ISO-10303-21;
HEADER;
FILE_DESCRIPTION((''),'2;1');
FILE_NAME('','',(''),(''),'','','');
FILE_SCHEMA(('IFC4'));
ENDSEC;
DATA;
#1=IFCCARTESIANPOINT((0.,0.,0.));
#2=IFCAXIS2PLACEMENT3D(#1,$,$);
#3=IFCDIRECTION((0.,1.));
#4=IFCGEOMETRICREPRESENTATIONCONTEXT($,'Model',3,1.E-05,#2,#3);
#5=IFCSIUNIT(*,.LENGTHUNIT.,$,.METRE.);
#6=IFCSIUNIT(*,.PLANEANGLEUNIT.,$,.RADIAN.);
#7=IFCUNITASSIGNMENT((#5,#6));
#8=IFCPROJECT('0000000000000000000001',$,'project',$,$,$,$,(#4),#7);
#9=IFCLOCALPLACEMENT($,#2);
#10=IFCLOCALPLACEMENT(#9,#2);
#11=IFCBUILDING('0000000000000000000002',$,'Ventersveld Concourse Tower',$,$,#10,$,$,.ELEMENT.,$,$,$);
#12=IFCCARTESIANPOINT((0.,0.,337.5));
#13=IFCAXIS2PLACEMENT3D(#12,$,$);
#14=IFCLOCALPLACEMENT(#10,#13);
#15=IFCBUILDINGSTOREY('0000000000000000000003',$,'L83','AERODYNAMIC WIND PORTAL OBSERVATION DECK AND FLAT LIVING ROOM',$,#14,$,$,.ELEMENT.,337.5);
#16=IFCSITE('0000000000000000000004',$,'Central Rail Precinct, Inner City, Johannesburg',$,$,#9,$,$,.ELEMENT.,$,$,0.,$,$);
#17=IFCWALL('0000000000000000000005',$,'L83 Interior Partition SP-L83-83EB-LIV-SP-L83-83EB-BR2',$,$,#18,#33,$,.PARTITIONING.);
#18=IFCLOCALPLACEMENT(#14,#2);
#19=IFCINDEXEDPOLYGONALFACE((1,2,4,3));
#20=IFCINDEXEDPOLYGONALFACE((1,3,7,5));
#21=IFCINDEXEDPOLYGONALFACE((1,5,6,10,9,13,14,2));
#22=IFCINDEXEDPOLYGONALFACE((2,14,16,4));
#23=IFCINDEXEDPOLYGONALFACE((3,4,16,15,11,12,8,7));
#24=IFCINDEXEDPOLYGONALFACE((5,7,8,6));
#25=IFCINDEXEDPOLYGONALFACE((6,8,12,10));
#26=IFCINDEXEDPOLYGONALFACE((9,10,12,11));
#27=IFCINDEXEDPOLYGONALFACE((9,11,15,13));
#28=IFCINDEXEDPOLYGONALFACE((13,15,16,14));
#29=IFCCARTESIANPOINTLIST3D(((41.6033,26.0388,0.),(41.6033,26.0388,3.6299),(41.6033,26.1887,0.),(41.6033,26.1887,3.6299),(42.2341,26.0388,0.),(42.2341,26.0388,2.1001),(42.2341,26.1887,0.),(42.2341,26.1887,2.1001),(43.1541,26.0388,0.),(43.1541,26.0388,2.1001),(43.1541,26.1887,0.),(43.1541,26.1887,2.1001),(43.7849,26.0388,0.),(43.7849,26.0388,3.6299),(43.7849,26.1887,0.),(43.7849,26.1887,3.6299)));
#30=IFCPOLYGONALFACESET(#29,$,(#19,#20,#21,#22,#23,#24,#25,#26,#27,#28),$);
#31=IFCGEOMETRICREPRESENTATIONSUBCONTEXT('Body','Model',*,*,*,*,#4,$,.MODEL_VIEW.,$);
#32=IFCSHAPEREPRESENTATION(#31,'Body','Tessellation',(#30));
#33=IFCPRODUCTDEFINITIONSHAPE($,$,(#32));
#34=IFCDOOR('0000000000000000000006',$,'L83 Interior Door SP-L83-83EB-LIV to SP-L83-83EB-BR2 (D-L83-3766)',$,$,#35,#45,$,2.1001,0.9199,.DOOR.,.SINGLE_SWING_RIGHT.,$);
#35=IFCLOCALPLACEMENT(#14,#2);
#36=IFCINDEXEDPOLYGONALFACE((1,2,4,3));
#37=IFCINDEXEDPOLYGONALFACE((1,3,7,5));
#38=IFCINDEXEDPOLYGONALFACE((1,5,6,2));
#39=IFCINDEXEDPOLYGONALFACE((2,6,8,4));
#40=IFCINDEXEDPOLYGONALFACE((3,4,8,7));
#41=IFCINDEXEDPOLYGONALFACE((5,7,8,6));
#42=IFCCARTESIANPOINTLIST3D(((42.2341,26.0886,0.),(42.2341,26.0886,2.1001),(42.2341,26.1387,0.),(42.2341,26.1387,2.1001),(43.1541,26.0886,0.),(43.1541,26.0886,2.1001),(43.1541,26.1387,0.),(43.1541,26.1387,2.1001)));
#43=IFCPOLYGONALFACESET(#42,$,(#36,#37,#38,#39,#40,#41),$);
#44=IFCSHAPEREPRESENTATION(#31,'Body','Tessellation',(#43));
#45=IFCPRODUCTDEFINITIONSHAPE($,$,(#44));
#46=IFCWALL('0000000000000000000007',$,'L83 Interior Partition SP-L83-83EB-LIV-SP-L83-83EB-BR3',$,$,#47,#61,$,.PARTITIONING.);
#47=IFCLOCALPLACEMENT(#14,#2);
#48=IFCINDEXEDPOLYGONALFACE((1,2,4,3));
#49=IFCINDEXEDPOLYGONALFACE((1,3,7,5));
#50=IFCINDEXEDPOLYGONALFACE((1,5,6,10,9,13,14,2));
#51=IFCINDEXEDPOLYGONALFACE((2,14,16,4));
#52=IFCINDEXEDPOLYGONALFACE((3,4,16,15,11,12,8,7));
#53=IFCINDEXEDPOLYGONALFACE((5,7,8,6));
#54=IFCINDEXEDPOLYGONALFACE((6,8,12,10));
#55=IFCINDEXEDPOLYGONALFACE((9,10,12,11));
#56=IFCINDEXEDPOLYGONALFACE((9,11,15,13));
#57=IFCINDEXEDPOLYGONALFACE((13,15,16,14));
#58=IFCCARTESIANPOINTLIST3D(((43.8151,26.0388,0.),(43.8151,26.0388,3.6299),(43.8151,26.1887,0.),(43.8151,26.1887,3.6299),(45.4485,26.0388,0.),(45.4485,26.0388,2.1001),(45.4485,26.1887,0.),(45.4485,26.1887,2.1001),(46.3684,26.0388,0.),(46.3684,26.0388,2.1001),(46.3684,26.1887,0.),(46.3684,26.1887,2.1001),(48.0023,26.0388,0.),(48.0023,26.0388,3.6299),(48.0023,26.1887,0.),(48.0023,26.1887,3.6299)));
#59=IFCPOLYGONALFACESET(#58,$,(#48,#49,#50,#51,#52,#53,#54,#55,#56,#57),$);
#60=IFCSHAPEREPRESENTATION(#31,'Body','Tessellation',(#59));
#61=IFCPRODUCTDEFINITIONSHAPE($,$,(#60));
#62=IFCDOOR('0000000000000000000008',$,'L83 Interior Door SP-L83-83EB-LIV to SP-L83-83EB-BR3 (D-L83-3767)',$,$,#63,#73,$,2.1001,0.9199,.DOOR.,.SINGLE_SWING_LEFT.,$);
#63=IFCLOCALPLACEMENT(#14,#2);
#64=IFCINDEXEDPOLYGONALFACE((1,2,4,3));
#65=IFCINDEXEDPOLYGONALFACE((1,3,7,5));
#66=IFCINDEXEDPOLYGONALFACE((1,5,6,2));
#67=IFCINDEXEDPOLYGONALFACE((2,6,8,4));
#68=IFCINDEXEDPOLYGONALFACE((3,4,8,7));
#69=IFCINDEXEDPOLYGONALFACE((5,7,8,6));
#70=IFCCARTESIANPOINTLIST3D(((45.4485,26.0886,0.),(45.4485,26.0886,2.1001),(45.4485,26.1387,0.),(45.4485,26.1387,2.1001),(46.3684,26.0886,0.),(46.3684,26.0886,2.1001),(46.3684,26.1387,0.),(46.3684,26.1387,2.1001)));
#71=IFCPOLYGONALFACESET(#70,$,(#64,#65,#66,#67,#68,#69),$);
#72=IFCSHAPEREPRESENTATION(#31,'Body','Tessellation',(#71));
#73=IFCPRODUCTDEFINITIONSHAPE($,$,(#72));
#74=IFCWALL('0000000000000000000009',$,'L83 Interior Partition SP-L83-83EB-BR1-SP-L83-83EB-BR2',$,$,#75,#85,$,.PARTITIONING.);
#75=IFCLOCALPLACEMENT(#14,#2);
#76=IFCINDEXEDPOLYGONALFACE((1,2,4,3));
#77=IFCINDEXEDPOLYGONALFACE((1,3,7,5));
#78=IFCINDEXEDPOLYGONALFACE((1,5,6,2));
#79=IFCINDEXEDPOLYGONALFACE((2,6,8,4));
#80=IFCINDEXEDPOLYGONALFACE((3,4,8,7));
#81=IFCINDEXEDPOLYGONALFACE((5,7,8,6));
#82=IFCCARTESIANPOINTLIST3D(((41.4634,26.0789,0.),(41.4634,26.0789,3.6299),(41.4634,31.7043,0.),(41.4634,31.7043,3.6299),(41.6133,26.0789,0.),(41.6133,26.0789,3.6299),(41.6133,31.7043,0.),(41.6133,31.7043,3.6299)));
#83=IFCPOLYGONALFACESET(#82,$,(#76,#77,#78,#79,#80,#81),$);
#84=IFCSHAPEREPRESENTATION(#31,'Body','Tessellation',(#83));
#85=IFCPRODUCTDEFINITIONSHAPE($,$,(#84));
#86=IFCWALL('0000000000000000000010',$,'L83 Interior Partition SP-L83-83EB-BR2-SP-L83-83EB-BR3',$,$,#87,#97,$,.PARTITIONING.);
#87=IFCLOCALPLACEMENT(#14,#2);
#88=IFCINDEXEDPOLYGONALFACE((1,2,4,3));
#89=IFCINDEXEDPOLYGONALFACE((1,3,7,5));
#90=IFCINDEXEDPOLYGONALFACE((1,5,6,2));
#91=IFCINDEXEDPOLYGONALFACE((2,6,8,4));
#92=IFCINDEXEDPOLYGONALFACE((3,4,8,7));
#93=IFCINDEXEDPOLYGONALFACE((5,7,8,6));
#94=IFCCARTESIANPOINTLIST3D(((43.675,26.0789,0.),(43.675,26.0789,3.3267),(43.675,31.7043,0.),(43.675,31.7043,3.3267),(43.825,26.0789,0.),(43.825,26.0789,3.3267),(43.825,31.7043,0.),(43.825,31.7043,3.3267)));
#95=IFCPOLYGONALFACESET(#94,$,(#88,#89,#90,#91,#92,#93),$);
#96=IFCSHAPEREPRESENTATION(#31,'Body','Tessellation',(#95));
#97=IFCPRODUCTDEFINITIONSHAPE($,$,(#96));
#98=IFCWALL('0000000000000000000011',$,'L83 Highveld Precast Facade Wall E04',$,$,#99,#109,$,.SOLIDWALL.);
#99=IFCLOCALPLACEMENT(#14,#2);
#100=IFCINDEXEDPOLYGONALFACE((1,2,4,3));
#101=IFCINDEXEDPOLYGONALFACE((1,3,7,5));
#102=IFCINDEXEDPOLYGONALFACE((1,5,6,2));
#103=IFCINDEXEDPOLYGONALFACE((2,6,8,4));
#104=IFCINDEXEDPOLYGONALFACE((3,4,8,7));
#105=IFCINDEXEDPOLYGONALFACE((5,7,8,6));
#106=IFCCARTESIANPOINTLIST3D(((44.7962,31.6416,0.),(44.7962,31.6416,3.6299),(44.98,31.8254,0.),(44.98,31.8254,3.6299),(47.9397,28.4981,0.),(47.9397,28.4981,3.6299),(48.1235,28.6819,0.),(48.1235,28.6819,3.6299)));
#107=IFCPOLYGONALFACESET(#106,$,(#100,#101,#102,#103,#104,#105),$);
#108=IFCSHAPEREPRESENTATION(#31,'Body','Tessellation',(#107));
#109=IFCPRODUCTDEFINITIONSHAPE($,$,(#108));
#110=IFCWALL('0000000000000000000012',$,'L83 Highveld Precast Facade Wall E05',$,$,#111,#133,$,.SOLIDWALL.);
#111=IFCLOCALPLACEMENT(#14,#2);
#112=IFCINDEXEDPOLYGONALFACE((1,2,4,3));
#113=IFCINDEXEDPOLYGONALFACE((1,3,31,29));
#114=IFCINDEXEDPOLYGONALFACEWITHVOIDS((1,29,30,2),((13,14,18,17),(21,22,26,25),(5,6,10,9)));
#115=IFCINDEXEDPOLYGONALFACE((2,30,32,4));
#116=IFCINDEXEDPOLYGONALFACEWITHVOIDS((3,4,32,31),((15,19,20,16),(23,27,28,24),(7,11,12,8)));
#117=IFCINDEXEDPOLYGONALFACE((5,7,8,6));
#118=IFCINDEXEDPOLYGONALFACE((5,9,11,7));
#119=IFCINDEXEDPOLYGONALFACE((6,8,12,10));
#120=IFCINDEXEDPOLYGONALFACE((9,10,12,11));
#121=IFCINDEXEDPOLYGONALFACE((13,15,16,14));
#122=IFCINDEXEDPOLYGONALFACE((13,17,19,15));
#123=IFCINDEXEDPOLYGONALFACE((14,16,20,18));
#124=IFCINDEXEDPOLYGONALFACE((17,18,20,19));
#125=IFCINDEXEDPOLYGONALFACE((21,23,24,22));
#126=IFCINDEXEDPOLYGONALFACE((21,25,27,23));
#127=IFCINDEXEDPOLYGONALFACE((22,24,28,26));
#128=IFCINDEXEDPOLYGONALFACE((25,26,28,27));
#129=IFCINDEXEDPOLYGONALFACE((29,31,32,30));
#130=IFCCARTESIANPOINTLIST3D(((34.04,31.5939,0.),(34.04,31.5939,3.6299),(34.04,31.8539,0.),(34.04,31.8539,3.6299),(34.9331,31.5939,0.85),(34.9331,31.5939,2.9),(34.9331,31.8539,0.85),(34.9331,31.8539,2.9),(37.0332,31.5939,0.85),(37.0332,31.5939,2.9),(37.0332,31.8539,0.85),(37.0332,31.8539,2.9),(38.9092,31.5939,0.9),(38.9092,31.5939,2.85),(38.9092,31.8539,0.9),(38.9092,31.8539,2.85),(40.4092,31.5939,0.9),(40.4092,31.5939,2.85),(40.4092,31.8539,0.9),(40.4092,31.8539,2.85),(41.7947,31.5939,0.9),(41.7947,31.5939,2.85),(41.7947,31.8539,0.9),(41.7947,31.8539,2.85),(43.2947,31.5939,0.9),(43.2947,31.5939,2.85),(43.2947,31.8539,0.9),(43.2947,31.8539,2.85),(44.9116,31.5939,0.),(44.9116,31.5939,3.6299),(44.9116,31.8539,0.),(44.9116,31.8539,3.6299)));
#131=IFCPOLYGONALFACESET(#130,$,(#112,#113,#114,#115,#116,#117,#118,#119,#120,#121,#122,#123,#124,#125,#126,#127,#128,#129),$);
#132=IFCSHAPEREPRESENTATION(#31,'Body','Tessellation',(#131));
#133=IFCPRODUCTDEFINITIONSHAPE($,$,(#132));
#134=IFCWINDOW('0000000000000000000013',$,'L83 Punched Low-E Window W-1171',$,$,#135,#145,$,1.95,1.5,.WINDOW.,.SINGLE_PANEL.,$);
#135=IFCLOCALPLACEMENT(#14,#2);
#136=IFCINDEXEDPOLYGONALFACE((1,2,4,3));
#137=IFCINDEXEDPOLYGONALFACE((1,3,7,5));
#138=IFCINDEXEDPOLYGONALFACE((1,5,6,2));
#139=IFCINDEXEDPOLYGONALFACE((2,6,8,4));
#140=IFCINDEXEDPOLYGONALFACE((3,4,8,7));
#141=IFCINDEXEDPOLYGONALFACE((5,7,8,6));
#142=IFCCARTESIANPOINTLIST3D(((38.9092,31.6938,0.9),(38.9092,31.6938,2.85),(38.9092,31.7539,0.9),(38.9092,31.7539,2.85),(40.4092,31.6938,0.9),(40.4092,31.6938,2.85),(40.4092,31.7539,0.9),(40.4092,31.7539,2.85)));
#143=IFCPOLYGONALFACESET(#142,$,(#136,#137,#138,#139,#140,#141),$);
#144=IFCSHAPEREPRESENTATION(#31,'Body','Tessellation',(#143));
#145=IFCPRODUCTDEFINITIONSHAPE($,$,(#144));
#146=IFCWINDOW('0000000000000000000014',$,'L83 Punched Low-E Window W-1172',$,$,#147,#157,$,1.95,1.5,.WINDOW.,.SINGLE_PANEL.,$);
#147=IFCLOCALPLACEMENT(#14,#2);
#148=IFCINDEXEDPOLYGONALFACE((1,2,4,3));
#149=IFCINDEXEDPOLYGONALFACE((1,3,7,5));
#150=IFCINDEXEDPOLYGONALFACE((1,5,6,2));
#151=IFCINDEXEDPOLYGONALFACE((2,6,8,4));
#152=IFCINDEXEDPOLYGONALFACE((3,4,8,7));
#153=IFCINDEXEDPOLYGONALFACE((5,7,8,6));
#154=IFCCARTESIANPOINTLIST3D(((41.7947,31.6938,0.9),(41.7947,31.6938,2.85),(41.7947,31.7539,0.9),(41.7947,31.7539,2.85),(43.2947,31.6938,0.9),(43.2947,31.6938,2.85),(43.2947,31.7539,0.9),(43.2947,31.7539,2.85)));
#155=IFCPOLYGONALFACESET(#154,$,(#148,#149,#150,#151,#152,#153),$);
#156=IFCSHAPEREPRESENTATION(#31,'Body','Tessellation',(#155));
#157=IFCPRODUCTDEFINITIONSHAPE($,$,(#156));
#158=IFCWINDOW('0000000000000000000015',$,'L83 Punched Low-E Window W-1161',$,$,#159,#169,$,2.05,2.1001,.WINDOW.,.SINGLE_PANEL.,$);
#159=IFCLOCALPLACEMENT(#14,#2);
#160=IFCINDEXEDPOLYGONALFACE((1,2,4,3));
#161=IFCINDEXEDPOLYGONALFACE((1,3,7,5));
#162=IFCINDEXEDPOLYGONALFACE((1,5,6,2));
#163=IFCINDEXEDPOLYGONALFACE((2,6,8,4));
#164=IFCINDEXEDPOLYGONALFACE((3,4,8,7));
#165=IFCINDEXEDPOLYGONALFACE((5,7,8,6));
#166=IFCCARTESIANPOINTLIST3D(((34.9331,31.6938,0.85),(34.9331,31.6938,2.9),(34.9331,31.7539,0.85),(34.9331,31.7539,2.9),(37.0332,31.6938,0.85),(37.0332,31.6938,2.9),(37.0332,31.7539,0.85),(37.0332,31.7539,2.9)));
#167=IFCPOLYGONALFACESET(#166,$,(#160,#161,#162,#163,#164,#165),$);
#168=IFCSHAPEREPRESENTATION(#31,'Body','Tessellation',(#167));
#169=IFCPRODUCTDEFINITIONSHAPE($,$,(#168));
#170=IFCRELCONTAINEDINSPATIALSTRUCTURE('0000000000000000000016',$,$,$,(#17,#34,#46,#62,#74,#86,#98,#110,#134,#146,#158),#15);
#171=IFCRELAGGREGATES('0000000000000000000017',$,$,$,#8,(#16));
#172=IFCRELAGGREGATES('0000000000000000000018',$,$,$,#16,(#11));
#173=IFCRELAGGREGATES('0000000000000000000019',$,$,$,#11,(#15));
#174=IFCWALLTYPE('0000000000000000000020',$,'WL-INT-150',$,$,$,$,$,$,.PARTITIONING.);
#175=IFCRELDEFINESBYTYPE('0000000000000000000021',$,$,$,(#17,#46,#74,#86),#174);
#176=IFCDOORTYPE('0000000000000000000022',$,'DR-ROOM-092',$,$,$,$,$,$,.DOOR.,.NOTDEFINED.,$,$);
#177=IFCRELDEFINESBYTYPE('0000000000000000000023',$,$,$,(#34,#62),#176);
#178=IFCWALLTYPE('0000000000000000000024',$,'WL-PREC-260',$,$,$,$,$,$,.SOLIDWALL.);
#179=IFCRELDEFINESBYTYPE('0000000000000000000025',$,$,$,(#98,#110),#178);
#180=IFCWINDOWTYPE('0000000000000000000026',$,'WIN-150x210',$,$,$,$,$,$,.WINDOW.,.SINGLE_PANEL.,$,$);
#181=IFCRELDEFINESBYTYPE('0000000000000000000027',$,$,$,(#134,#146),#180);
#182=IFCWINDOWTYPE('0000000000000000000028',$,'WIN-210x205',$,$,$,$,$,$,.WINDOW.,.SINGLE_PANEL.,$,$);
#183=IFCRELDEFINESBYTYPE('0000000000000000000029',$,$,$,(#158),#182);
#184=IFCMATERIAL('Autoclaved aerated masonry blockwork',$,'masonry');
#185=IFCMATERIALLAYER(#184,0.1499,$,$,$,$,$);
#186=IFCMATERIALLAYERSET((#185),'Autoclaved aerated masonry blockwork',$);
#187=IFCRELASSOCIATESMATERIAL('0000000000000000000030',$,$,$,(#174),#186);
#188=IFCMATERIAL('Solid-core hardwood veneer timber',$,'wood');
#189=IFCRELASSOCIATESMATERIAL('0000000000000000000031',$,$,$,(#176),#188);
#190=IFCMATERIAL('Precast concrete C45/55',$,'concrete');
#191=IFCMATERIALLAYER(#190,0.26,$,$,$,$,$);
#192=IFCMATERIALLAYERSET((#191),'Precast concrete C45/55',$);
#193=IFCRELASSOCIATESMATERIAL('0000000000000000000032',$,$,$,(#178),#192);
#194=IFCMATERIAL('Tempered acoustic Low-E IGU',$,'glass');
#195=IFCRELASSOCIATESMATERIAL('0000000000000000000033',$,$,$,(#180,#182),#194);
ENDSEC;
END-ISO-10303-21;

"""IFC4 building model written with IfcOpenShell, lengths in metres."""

from ifc_helpers import new_model, si_unit, direction, frame, frame_2d, origin, place, context, subcontext, project, spatial, rectangle, extrude, material, layer, layer_set, type_object, element, fill, save


model = new_model("IFC4")

# Units and contexts
model_context = context("Model", 3, precision=1e-05, world=origin(), true_north=direction((0.0, 1.0)))
body_context = subcontext(model_context, "Body", "Model", "MODEL_VIEW")
ifc_project = project(units=[si_unit("LENGTHUNIT", "METRE"), si_unit("PLANEANGLEUNIT", "RADIAN")], contexts=[model_context])

# Site, building, storey
site_placement = place(None, origin())
site = spatial("IfcSite", under=ifc_project, at=site_placement, Name="Central Rail Precinct, Inner City, Johannesburg", CompositionType="ELEMENT", RefElevation=0.0)
building_placement = place(site_placement, origin())
building = spatial("IfcBuilding", under=site, at=building_placement, Name="Ventersveld Concourse Tower", CompositionType="ELEMENT")
storey_placement = place(building_placement, frame((0.0, 0.0, 337.5)))
storey = spatial("IfcBuildingStorey", under=building, at=storey_placement, Name="L83", Description="AERODYNAMIC WIND PORTAL OBSERVATION DECK AND FLAT LIVING ROOM", CompositionType="ELEMENT", Elevation=337.5)

# Shared definitions
ifc_material_1 = material(Name="Autoclaved aerated masonry blockwork", Category="masonry")
ifc_layer_1 = layer(ifc_material_1, 0.1499)
ifc_layer_set_1 = layer_set([ifc_layer_1], Name="Autoclaved aerated masonry blockwork")
wall_type_1 = type_object("IfcWallType", Name="WL-INT-150", PredefinedType="PARTITIONING", material=ifc_layer_set_1)

# Walls, openings, doors
ifc_material_2 = material(Name="Solid-core hardwood veneer timber", Category="wood")
door_type = type_object("IfcDoorType", Name="DR-ROOM-092", OperationType="NOTDEFINED", PredefinedType="DOOR", material=ifc_material_2)
wall_1_placement = place(storey_placement, frame((41.6033, 26.1138, 0.0), z_axis=(0.0, 0.0, 1.0), x_axis=(1.0, 0.0, 0.0)))
wall_1 = element("IfcWall", 1, at=wall_1_placement, inside=storey, type_object=wall_type_1, Name="L83 Interior Partition SP-L83-83EB-LIV-SP-L83-83EB-BR2", PredefinedType="PARTITIONING", context=body_context, shape_type="SweptSolid", body=[
    extrude(rectangle(XDim=2.1816, YDim=0.1499, at=frame_2d((1.0908, 0.0))), origin(), (0.0, 0.0, 1.0), 3.6299),
])
opening_1_placement = place(wall_1_placement, frame((0.6309, 0.0, 0.0)))
opening_1 = element("IfcOpeningElement", 2, at=opening_1_placement, cuts=wall_1, PredefinedType="OPENING", context=body_context, shape_type="SweptSolid", body=[
    extrude(rectangle(XDim=0.9199, YDim=2.1001, at=frame_2d((0.46, 1.05))), frame((0.0, 0.085, 0.0), z_axis=(0.0, -1.0, 0.0), x_axis=(1.0, 0.0, 0.0)), (0.0, 0.0, 1.0), 0.1699),
])
door_1_placement = place(opening_1_placement, origin())
door_1 = element("IfcDoor", 3, at=door_1_placement, inside=storey, type_object=door_type, Name="L83 Interior Door SP-L83-83EB-LIV to SP-L83-83EB-BR2 (D-L83-3766)", OperationType="SINGLE_SWING_RIGHT", OverallHeight=2.1001, OverallWidth=0.9199, PredefinedType="DOOR", context=body_context, shape_type="SweptSolid", body=[
    extrude(rectangle(XDim=0.9199, YDim=2.1001, at=frame_2d((0.46, 1.05))), frame((0.0, 0.0249, 0.0), z_axis=(0.0, -1.0, 0.0), x_axis=(1.0, 0.0, 0.0)), (0.0, 0.0, 1.0), 0.05),
])
fill(opening_1, door_1)
wall_2_placement = place(storey_placement, frame((43.8149, 26.1138, 0.0), z_axis=(0.0, 0.0, 1.0), x_axis=(1.0, 0.0, 0.0)))
wall_2 = element("IfcWall", 4, at=wall_2_placement, inside=storey, type_object=wall_type_1, Name="L83 Interior Partition SP-L83-83EB-LIV-SP-L83-83EB-BR3", PredefinedType="PARTITIONING", context=body_context, shape_type="SweptSolid", body=[
    extrude(rectangle(XDim=4.1873, YDim=0.1499, at=frame_2d((2.0938, 0.0))), origin(), (0.0, 0.0, 1.0), 3.6299),
])
opening_2_placement = place(wall_2_placement, frame((1.6335, 0.0, 0.0)))
opening_2 = element("IfcOpeningElement", 5, at=opening_2_placement, cuts=wall_2, PredefinedType="OPENING", context=body_context, shape_type="SweptSolid", body=[
    extrude(rectangle(XDim=0.9199, YDim=2.1001, at=frame_2d((0.46, 1.05))), frame((0.0, 0.085, 0.0), z_axis=(0.0, -1.0, 0.0), x_axis=(1.0, 0.0, 0.0)), (0.0, 0.0, 1.0), 0.1699),
])
door_2_placement = place(opening_2_placement, origin())
door_2 = element("IfcDoor", 6, at=door_2_placement, inside=storey, type_object=door_type, Name="L83 Interior Door SP-L83-83EB-LIV to SP-L83-83EB-BR3 (D-L83-3767)", OperationType="SINGLE_SWING_LEFT", OverallHeight=2.1001, OverallWidth=0.9199, PredefinedType="DOOR", context=body_context, shape_type="SweptSolid", body=[
    extrude(rectangle(XDim=0.9199, YDim=2.1001, at=frame_2d((0.46, 1.05))), frame((0.0, 0.0249, 0.0), z_axis=(0.0, -1.0, 0.0), x_axis=(1.0, 0.0, 0.0)), (0.0, 0.0, 1.0), 0.05),
])
fill(opening_2, door_2)

# Walls
wall_3_placement = place(storey_placement, frame((41.5383, 26.0789, 0.0), z_axis=(0.0, 0.0, 1.0), x_axis=(0.0, 1.0, 0.0)))
element("IfcWall", 7, at=wall_3_placement, inside=storey, type_object=wall_type_1, Name="L83 Interior Partition SP-L83-83EB-BR1-SP-L83-83EB-BR2", PredefinedType="PARTITIONING", context=body_context, shape_type="SweptSolid", body=[
    extrude(rectangle(XDim=5.6255, YDim=0.1499, at=frame_2d((2.8127, 0.0))), origin(), (0.0, 0.0, 1.0), 3.6299),
])
wall_4_placement = place(storey_placement, frame((43.75, 26.0789, 0.0), z_axis=(0.0, 0.0, 1.0), x_axis=(0.0, 1.0, 0.0)))
element("IfcWall", 8, at=wall_4_placement, inside=storey, type_object=wall_type_1, Name="L83 Interior Partition SP-L83-83EB-BR2-SP-L83-83EB-BR3", PredefinedType="PARTITIONING", context=body_context, shape_type="SweptSolid", body=[
    extrude(rectangle(XDim=5.6255, YDim=0.1499, at=frame_2d((2.8127, 0.0))), origin(), (0.0, 0.0, 1.0), 3.3267),
])
ifc_material_3 = material(Name="Precast concrete C45/55", Category="concrete")
ifc_layer_2 = layer(ifc_material_3, 0.26)
ifc_layer_set_2 = layer_set([ifc_layer_2], Name="Precast concrete C45/55")
wall_type_2 = type_object("IfcWallType", Name="WL-PREC-260", PredefinedType="SOLIDWALL", material=ifc_layer_set_2)
wall_5_placement = place(storey_placement, frame((48.0315, 28.5901, 0.0), z_axis=(0.0, 0.0, 1.0), x_axis=(-0.707107, 0.707107, 0.0)))
element("IfcWall", 9, at=wall_5_placement, inside=storey, type_object=wall_type_2, Name="L83 Highveld Precast Facade Wall E04", PredefinedType="SOLIDWALL", context=body_context, shape_type="SweptSolid", body=[
    extrude(rectangle(XDim=4.4456, YDim=0.26, at=frame_2d((2.2227, 0.0))), origin(), (0.0, 0.0, 1.0), 3.6299),
])

# Wall, openings, windows
wall_6_placement = place(storey_placement, frame((44.9116, 31.7239, 0.0), z_axis=(0.0, 0.0, 1.0), x_axis=(-1.0, 0.0, 0.0)))
wall_6 = element("IfcWall", 10, at=wall_6_placement, inside=storey, type_object=wall_type_2, Name="L83 Highveld Precast Facade Wall E05", PredefinedType="SOLIDWALL", context=body_context, shape_type="SweptSolid", body=[
    extrude(rectangle(XDim=10.8716, YDim=0.26, at=frame_2d((5.4358, 0.0))), origin(), (0.0, 0.0, 1.0), 3.6299),
])
opening_3_placement = place(wall_6_placement, frame((7.8784, 0.0, 0.8501)))
opening_3 = element("IfcOpeningElement", 11, at=opening_3_placement, cuts=wall_6, PredefinedType="OPENING", context=body_context, shape_type="SweptSolid", body=[
    extrude(rectangle(XDim=2.1001, YDim=2.05, at=frame_2d((1.05, 1.0249))), frame((0.0, 0.1401, 0.0), z_axis=(0.0, -1.0, 0.0), x_axis=(1.0, 0.0, 0.0)), (0.0, 0.0, 1.0), 0.28),
])
opening_4_placement = place(wall_6_placement, frame((4.5024, 0.0, 0.8999)))
opening_4 = element("IfcOpeningElement", 12, at=opening_4_placement, cuts=wall_6, PredefinedType="OPENING", context=body_context, shape_type="SweptSolid", body=[
    extrude(rectangle(XDim=1.5, YDim=1.95, at=frame_2d((0.75, 0.9751))), frame((0.0, 0.1401, 0.0), z_axis=(0.0, -1.0, 0.0), x_axis=(1.0, 0.0, 0.0)), (0.0, 0.0, 1.0), 0.28),
])
opening_5_placement = place(wall_6_placement, frame((1.6169, 0.0, 0.8999)))
opening_5 = element("IfcOpeningElement", 13, at=opening_5_placement, cuts=wall_6, PredefinedType="OPENING", context=body_context, shape_type="SweptSolid", body=[
    extrude(rectangle(XDim=1.5, YDim=1.95, at=frame_2d((0.75, 0.9751))), frame((0.0, 0.1401, 0.0), z_axis=(0.0, -1.0, 0.0), x_axis=(1.0, 0.0, 0.0)), (0.0, 0.0, 1.0), 0.28),
])
ifc_material_4 = material(Name="Tempered acoustic Low-E IGU", Category="glass")
window_type_1 = type_object("IfcWindowType", Name="WIN-150x210", PartitioningType="SINGLE_PANEL", PredefinedType="WINDOW", material=ifc_material_4)
window_1_placement = place(opening_4_placement, origin())
window_1 = element("IfcWindow", 14, at=window_1_placement, inside=storey, type_object=window_type_1, Name="L83 Punched Low-E Window W-1171", OverallHeight=1.95, OverallWidth=1.5, PartitioningType="SINGLE_PANEL", PredefinedType="WINDOW", context=body_context, shape_type="SweptSolid", body=[
    extrude(rectangle(XDim=1.5, YDim=1.95, at=frame_2d((0.75, 0.9751))), frame((0.0, 0.03, 0.0), z_axis=(0.0, -1.0, 0.0), x_axis=(1.0, 0.0, 0.0)), (0.0, 0.0, 1.0), 0.0601),
])
fill(opening_4, window_1)
window_2_placement = place(opening_5_placement, origin())
window_2 = element("IfcWindow", 15, at=window_2_placement, inside=storey, type_object=window_type_1, Name="L83 Punched Low-E Window W-1172", OverallHeight=1.95, OverallWidth=1.5, PartitioningType="SINGLE_PANEL", PredefinedType="WINDOW", context=body_context, shape_type="SweptSolid", body=[
    extrude(rectangle(XDim=1.5, YDim=1.95, at=frame_2d((0.75, 0.9751))), frame((0.0, 0.03, 0.0), z_axis=(0.0, -1.0, 0.0), x_axis=(1.0, 0.0, 0.0)), (0.0, 0.0, 1.0), 0.0601),
])
fill(opening_5, window_2)
window_type_2 = type_object("IfcWindowType", Name="WIN-210x205", PartitioningType="SINGLE_PANEL", PredefinedType="WINDOW", material=ifc_material_4)
window_3_placement = place(opening_3_placement, origin())
window_3 = element("IfcWindow", 16, at=window_3_placement, inside=storey, type_object=window_type_2, Name="L83 Punched Low-E Window W-1161", OverallHeight=2.05, OverallWidth=2.1001, PartitioningType="SINGLE_PANEL", PredefinedType="WINDOW", context=body_context, shape_type="SweptSolid", body=[
    extrude(rectangle(XDim=2.1001, YDim=2.05, at=frame_2d((1.05, 1.0249))), frame((0.0, 0.03, 0.0), z_axis=(0.0, -1.0, 0.0), x_axis=(1.0, 0.0, 0.0)), (0.0, 0.0, 1.0), 0.0601),
])
fill(opening_3, window_3)

save(model, "model.ifc")
